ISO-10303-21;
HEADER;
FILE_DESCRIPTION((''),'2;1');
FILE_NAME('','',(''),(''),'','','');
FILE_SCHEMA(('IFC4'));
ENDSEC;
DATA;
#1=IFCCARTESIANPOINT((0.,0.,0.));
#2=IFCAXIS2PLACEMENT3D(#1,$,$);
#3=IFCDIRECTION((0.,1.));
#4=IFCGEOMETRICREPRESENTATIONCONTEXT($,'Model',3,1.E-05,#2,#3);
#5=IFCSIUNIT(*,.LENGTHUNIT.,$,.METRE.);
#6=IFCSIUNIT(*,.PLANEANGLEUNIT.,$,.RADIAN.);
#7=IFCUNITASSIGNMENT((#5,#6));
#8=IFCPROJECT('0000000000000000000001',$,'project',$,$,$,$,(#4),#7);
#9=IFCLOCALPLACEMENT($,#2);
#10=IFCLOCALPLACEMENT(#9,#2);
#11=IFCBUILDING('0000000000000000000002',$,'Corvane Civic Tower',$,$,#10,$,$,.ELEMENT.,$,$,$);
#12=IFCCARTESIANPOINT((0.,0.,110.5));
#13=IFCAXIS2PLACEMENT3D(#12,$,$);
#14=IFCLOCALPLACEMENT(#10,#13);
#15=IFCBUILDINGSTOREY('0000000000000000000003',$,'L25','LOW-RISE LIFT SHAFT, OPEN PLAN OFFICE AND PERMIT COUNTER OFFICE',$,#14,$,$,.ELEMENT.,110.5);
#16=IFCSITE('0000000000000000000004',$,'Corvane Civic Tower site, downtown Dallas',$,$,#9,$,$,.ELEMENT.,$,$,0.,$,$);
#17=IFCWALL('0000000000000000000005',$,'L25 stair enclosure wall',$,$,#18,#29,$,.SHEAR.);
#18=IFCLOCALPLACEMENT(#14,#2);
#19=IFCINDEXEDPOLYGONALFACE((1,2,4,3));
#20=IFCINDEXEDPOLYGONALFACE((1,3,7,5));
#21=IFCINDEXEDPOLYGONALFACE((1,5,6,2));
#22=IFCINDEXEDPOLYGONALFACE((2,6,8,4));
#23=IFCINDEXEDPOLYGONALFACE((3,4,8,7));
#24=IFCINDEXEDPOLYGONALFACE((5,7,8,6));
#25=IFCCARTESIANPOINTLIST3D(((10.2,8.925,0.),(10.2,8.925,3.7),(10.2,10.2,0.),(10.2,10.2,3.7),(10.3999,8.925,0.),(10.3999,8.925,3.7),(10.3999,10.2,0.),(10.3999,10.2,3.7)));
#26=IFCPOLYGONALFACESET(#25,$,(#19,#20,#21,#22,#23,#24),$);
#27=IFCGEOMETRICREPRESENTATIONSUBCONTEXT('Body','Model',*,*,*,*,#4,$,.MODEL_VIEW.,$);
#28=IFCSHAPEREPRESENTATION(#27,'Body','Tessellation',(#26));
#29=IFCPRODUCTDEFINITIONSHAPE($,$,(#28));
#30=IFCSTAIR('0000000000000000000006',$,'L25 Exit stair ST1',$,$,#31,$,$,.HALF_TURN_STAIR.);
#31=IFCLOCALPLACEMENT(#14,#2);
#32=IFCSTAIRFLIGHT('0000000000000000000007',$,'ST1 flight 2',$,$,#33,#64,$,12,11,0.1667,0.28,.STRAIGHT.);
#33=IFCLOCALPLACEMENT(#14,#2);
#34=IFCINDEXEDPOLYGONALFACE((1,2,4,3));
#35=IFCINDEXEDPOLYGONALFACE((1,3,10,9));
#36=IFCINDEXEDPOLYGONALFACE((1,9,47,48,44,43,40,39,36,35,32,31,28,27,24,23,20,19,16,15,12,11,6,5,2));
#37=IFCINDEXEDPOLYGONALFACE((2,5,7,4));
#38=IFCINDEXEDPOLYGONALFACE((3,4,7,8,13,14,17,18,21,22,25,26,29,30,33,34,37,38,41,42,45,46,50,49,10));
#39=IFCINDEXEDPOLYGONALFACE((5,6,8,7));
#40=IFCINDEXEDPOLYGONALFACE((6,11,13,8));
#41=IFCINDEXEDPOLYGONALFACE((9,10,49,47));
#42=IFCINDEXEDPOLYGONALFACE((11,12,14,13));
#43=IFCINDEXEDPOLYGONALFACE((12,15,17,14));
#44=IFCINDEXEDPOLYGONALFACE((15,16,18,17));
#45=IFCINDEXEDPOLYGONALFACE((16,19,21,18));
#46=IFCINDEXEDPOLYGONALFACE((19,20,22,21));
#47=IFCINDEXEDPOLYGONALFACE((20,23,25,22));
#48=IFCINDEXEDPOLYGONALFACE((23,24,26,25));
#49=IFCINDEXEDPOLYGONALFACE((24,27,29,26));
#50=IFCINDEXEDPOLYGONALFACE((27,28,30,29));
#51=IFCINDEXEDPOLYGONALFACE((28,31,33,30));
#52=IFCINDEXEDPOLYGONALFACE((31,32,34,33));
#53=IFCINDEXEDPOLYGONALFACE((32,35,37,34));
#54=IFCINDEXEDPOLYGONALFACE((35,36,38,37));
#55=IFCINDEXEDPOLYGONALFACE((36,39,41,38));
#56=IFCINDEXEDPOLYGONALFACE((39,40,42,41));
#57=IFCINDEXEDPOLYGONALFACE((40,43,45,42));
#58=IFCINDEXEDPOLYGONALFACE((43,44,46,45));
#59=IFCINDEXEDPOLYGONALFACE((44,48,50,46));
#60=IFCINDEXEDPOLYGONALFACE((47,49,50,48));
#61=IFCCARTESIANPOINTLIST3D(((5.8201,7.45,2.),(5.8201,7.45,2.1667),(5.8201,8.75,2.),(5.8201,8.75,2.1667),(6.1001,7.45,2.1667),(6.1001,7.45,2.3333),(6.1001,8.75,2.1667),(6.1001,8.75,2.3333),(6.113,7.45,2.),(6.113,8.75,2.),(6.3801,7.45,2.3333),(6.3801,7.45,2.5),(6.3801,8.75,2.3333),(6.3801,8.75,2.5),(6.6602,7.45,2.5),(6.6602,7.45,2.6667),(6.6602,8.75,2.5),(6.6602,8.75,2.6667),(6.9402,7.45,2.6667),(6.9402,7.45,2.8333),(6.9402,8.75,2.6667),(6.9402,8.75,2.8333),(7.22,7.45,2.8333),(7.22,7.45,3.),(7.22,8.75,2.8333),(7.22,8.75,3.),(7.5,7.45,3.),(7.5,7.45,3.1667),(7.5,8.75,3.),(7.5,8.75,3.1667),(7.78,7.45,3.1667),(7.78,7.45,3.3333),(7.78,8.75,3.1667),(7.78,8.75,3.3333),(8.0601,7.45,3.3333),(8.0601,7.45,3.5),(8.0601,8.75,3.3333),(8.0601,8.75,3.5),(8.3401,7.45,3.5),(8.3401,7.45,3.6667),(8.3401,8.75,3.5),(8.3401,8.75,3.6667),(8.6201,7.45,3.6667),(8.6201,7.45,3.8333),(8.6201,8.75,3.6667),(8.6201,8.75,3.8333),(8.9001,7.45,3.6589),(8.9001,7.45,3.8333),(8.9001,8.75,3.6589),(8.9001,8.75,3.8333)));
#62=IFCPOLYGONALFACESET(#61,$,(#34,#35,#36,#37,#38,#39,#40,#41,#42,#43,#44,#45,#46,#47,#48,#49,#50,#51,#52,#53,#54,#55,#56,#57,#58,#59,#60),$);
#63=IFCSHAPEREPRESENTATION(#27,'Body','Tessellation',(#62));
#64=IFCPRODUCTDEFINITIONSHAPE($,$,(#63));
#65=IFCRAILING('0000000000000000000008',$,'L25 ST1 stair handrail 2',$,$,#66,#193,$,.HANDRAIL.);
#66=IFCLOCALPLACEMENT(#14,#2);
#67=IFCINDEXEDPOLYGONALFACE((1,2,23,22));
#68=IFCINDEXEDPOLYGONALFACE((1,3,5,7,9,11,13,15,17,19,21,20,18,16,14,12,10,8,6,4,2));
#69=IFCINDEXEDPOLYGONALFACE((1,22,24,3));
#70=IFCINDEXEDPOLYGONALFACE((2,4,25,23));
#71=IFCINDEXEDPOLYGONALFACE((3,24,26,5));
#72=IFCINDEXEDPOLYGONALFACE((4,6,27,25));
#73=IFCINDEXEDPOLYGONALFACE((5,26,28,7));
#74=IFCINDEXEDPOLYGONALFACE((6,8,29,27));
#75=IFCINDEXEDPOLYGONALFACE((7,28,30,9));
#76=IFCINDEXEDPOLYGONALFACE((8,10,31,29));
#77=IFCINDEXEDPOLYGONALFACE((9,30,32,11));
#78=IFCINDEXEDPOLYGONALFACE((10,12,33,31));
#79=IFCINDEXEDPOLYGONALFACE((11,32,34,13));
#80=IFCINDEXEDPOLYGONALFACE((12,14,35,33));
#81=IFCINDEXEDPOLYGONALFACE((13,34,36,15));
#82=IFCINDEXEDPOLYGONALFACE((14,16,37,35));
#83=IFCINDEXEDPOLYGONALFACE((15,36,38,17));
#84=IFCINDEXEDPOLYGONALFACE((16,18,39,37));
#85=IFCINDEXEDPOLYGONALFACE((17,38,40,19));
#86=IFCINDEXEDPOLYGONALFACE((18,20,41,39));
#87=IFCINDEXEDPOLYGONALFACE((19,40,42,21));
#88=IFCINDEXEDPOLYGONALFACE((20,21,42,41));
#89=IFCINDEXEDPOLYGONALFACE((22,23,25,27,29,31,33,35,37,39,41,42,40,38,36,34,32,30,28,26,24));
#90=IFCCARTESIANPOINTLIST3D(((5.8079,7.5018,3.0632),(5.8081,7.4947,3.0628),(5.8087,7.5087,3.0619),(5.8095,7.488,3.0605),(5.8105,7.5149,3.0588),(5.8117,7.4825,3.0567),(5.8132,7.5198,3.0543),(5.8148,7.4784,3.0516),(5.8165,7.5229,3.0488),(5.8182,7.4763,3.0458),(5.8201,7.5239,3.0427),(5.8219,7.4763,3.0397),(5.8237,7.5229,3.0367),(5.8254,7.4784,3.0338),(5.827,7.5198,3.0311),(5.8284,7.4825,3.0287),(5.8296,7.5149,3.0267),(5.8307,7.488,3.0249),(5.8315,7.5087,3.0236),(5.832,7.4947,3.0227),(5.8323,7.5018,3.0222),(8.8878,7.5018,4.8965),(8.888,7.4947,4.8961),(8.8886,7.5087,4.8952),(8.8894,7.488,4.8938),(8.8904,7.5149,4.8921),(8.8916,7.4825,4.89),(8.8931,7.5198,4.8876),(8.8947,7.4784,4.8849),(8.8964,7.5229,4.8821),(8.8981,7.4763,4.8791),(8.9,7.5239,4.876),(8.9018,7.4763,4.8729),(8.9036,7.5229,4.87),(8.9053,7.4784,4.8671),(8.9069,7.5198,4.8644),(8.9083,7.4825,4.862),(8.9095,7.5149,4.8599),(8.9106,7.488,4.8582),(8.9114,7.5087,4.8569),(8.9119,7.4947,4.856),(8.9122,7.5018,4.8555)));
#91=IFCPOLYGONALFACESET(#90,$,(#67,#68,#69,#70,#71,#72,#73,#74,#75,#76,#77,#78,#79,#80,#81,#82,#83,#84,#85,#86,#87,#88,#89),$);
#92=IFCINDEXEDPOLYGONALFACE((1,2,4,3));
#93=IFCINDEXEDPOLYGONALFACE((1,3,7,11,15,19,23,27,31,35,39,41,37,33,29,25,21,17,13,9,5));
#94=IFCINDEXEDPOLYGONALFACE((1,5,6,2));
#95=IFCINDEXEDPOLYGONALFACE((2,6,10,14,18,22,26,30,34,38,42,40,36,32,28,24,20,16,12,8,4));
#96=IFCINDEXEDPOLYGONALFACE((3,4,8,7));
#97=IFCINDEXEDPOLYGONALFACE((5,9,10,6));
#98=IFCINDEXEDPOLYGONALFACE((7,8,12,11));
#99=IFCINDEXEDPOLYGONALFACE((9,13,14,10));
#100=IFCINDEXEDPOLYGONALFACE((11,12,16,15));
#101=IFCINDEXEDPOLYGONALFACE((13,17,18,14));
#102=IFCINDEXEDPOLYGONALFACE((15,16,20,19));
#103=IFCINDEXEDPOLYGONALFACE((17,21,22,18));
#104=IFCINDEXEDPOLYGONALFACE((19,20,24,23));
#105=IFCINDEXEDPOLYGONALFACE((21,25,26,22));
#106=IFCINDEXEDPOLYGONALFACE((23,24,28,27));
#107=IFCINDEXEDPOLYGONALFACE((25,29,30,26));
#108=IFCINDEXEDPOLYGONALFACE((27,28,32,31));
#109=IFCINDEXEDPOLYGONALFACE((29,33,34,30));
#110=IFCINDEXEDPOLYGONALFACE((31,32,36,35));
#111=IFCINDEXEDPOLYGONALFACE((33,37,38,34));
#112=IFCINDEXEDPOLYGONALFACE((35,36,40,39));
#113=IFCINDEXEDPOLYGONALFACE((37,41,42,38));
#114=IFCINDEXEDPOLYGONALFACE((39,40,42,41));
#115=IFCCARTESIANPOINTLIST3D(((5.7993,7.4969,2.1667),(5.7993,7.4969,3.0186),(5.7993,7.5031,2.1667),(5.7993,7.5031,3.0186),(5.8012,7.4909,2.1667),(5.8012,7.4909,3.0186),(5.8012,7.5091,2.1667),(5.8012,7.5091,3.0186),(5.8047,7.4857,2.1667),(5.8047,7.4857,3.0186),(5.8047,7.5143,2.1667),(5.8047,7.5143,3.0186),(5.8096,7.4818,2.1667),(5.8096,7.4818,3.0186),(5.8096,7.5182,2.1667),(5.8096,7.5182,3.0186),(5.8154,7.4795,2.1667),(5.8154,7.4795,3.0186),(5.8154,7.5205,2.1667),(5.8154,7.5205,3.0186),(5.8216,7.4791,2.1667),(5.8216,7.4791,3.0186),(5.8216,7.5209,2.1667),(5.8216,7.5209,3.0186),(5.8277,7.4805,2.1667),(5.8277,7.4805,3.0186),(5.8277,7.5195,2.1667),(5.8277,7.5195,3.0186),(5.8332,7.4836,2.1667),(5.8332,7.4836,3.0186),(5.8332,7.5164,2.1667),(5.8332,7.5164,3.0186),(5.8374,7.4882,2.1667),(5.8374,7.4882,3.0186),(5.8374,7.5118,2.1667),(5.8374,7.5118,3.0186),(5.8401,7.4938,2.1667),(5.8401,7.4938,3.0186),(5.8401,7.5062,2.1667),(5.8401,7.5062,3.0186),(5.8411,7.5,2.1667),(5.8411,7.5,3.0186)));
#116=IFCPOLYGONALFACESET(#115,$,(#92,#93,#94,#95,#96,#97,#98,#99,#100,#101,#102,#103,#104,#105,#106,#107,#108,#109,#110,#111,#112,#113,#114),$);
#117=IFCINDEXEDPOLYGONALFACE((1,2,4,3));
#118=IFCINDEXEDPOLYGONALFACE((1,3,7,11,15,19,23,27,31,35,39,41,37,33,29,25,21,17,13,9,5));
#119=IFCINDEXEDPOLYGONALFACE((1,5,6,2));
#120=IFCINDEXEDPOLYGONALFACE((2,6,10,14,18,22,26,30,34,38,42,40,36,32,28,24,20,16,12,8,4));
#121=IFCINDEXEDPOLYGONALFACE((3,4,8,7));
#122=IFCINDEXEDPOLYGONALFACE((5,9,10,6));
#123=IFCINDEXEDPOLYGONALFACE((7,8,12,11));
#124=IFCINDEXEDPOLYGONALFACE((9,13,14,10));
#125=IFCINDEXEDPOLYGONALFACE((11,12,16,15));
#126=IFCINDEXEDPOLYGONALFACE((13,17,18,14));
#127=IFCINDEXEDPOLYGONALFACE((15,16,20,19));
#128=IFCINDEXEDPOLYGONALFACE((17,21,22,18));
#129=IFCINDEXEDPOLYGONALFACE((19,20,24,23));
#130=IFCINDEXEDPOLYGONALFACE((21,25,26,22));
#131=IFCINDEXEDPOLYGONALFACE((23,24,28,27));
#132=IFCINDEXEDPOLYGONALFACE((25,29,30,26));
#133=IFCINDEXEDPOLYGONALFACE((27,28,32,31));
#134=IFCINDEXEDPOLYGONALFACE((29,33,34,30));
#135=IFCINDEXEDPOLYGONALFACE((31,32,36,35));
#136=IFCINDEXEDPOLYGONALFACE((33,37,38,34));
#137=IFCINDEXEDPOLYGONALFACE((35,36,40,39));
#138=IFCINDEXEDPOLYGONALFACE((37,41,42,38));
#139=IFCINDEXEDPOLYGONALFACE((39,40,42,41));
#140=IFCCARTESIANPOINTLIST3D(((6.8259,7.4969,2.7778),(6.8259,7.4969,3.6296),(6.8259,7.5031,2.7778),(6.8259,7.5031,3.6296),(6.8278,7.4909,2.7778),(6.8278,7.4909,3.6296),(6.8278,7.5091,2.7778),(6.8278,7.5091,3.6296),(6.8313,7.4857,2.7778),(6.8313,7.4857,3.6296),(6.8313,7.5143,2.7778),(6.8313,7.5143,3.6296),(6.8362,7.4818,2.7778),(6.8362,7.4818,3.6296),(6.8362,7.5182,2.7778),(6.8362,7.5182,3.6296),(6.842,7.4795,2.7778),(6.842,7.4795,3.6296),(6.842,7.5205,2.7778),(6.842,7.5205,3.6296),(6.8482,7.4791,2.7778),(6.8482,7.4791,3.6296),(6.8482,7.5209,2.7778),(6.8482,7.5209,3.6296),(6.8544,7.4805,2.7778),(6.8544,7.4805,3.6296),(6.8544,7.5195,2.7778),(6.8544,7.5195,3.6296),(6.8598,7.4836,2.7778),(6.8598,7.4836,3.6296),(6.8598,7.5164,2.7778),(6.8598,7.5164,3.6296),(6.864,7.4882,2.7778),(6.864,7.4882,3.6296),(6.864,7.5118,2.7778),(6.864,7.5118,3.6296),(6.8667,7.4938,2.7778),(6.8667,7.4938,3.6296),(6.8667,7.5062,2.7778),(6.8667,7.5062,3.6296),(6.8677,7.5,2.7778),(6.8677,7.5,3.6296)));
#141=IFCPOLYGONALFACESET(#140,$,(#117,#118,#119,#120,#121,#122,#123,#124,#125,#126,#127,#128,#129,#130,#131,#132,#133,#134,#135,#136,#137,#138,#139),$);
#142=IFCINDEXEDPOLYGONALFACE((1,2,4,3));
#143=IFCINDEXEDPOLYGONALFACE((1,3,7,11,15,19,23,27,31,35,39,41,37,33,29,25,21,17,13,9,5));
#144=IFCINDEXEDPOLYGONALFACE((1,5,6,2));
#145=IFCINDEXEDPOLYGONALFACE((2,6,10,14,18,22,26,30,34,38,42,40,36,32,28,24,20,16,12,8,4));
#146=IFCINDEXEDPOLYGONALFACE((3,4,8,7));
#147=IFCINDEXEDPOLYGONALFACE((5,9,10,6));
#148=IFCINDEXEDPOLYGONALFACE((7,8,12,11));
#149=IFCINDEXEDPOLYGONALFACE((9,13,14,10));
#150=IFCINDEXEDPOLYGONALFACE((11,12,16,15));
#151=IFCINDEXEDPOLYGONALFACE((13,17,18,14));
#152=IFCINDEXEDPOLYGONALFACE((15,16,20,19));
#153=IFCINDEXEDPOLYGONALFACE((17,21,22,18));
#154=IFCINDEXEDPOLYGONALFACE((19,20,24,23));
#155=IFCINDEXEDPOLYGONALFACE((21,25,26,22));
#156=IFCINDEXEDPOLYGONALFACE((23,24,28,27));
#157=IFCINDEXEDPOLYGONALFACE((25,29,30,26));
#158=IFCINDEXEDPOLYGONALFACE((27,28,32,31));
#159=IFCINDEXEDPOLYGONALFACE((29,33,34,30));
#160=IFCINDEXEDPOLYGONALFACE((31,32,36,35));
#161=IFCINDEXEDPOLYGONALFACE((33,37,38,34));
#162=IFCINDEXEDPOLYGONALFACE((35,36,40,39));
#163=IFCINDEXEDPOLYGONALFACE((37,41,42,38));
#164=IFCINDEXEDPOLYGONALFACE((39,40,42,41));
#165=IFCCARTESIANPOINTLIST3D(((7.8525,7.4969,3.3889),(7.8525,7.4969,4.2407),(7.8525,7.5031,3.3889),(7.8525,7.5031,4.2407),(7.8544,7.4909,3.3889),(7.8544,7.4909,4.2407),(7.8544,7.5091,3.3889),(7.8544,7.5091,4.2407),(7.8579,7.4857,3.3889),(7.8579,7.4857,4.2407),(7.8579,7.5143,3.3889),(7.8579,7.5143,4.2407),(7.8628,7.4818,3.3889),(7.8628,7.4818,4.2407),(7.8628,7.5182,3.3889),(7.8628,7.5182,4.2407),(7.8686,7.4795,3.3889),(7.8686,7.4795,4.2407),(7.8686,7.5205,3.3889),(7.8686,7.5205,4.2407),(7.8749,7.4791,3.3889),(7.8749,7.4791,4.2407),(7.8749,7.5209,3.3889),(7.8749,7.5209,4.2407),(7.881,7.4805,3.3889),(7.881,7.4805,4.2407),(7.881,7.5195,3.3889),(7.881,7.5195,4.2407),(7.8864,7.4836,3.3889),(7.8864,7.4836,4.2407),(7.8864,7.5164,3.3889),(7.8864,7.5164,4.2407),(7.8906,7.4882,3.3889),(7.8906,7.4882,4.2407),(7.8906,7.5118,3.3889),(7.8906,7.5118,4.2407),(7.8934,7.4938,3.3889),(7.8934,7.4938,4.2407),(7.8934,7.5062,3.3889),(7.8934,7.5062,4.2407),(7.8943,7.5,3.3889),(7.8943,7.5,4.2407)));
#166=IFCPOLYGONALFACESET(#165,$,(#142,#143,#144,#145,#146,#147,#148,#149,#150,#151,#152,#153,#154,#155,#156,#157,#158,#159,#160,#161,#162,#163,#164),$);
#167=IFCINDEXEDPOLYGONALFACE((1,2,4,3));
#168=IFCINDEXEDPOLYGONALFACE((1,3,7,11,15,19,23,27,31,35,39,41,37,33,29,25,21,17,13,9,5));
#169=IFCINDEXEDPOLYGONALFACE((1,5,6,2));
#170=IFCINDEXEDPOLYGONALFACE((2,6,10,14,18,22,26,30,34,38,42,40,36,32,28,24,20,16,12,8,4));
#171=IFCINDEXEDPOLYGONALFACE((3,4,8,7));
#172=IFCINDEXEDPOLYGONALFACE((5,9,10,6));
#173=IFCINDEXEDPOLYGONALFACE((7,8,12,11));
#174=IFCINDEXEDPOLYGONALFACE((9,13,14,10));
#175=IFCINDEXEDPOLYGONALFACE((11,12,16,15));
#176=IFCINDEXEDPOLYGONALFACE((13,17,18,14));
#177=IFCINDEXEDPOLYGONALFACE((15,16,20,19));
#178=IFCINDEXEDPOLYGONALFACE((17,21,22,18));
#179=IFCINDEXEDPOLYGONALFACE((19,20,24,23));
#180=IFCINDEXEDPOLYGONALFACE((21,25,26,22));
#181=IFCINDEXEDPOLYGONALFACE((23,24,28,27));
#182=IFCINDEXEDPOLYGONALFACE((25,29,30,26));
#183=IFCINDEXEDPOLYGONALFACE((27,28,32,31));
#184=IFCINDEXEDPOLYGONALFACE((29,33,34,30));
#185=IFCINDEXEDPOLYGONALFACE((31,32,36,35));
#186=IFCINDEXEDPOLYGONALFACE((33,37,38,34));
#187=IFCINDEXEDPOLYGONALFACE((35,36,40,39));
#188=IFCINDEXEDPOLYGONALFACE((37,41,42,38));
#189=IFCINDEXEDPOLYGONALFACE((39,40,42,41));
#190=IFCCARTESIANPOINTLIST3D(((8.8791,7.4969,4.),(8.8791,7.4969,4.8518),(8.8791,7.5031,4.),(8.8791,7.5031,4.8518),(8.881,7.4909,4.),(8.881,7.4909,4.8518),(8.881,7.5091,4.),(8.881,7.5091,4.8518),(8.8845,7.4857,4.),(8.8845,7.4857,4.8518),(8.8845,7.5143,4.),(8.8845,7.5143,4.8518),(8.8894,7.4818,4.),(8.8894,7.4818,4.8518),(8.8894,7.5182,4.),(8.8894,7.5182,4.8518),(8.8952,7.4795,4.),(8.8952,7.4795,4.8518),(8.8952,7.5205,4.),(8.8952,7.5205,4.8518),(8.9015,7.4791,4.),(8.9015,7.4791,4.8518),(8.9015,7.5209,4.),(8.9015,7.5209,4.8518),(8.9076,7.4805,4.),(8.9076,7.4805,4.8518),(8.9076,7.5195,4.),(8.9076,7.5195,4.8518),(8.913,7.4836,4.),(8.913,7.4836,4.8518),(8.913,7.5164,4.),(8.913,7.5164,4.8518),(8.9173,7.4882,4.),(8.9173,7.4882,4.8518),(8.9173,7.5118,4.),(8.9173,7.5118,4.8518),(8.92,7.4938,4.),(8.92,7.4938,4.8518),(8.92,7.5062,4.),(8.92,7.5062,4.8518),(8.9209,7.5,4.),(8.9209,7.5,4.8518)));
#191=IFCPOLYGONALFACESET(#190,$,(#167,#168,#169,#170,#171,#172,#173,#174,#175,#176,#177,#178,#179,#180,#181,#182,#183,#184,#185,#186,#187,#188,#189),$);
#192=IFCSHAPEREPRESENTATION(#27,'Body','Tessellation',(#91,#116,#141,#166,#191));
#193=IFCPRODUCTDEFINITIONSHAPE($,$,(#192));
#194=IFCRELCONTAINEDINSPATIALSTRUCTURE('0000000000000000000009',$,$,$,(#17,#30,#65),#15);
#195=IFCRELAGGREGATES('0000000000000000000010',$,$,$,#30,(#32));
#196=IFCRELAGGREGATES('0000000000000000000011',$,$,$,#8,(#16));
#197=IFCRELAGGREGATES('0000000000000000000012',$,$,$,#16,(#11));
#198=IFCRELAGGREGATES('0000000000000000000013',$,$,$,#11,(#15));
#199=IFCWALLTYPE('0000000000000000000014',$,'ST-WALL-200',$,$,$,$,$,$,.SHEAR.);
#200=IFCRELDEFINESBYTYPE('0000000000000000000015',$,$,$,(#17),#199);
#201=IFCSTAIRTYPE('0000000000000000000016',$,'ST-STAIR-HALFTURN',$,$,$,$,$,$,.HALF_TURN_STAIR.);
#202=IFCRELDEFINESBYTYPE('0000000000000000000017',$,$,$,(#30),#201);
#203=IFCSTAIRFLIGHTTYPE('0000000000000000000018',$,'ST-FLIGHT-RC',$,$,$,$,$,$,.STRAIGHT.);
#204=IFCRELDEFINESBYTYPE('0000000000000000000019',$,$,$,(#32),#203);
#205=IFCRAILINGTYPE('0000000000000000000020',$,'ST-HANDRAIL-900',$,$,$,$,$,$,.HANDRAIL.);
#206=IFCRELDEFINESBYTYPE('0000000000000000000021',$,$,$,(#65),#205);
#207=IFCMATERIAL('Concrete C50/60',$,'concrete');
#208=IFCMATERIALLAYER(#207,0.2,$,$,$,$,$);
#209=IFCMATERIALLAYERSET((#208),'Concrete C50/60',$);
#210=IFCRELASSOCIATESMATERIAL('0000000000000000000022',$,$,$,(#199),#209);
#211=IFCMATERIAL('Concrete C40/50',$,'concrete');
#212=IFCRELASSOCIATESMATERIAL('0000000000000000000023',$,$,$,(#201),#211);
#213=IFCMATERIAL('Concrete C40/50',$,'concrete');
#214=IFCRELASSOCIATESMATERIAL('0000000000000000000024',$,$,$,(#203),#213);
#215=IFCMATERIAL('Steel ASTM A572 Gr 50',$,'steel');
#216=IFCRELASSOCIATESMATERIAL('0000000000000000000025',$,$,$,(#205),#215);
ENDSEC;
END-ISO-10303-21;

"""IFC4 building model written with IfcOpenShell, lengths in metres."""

from ifc_helpers import new_model, si_unit, direction, frame, origin, origin_2d, place, context, subcontext, project, spatial, polyline, circle, outline, extrude, material, layer, layer_set, type_object, element, aggregate, save


model = new_model("IFC4")

# Units and contexts
model_context = context("Model", 3, precision=1e-05, world=origin(), true_north=direction((0.0, 1.0)))
body_context = subcontext(model_context, "Body", "Model", "MODEL_VIEW")
ifc_project = project(units=[si_unit("LENGTHUNIT", "METRE"), si_unit("PLANEANGLEUNIT", "RADIAN")], contexts=[model_context])

# Site, building, storey
site_placement = place(None, origin())
site = spatial("IfcSite", under=ifc_project, at=site_placement, Name="Corvane Civic Tower site, downtown Dallas", CompositionType="ELEMENT", RefElevation=0.0)
building_placement = place(site_placement, origin())
building = spatial("IfcBuilding", under=site, at=building_placement, Name="Corvane Civic Tower", CompositionType="ELEMENT")
storey_placement = place(building_placement, frame((0.0, 0.0, 110.5)))
storey = spatial("IfcBuildingStorey", under=building, at=storey_placement, Name="L25", Description="LOW-RISE LIFT SHAFT, OPEN PLAN OFFICE AND PERMIT COUNTER OFFICE", CompositionType="ELEMENT", Elevation=110.5)

# Shared definitions
ifc_material_1 = material(Name="Concrete C50/60", Category="concrete")
ifc_layer = layer(ifc_material_1, 0.2)
ifc_layer_set = layer_set([ifc_layer], Name="Concrete C50/60")
wall_type = type_object("IfcWallType", Name="ST-WALL-200", PredefinedType="SHEAR", material=ifc_layer_set)

# Wall
wall_1_placement = place(storey_placement, origin())
element("IfcWall", 1, at=wall_1_placement, inside=storey, type_object=wall_type, Name="L25 stair enclosure wall", PredefinedType="SHEAR", context=body_context, shape_type="SweptSolid", body=[
    extrude(outline(polyline([(10.3999, 8.925), (10.2, 8.925), (10.2, 10.2), (10.3999, 10.2), (10.3999, 8.925)])), origin(), (0.0, 0.0, 1.0), 3.7),
])

# Stair, stair flight
ifc_material_2 = material(Name="Concrete C40/50", Category="concrete")
stair_type = type_object("IfcStairType", Name="ST-STAIR-HALFTURN", PredefinedType="HALF_TURN_STAIR", material=ifc_material_2)
stair_placement = place(storey_placement, origin())
stair = element("IfcStair", 2, at=stair_placement, inside=storey, type_object=stair_type, Name="L25 Exit stair ST1", PredefinedType="HALF_TURN_STAIR")
ifc_material_3 = material(Name="Concrete C40/50", Category="concrete")
stair_flight_type = type_object("IfcStairFlightType", Name="ST-FLIGHT-RC", PredefinedType="STRAIGHT", material=ifc_material_3)
stair_flight_placement = place(storey_placement, frame((5.8201, 8.1001, 2.0), z_axis=(0.0, 0.0, 1.0), x_axis=(1.0, 0.0, 0.0)))
stair_flight = element("IfcStairFlight", 3, at=stair_flight_placement, type_object=stair_flight_type, Name="ST1 flight 2", NumberOfRisers=12, NumberOfTreads=11, PredefinedType="STRAIGHT", RiserHeight=0.1667, TreadLength=0.28, context=body_context, shape_type="SweptSolid", body=[
    extrude(outline(polyline([(0.0, 0.0), (0.0, 0.1667), (0.28, 0.1667), (0.28, 0.3333), (0.5601, 0.3333), (0.5601, 0.5), (0.8401, 0.5), (0.8401, 0.6667), (1.1201, 0.6667), (1.1201, 0.8333), (1.3999, 0.8333), (1.3999, 1.0), (1.6799, 1.0), (1.6799, 1.1667), (1.96, 1.1667), (1.96, 1.3333), (2.24, 1.3333), (2.24, 1.5), (2.52, 1.5), (2.52, 1.6667), (2.8, 1.6667), (2.8, 1.8333), (3.0801, 1.8333), (3.0801, 2.0), (3.0801, 1.6589), (0.293, 0.0), (0.0, 0.0)])), frame((0.0, 0.6499, 0.0), z_axis=(0.0, -1.0, 0.0), x_axis=(1.0, 0.0, 0.0)), (0.0, 0.0, 1.0), 1.3),
])
aggregate(stair, [stair_flight])

# Railing
ifc_material_4 = material(Name="Steel ASTM A572 Gr 50", Category="steel")
railing_type = type_object("IfcRailingType", Name="ST-HANDRAIL-900", PredefinedType="HANDRAIL", material=ifc_material_4)
railing_placement = place(storey_placement, frame((5.8201, 7.5, 2.1667)))
element("IfcRailing", 4, at=railing_placement, inside=storey, type_object=railing_type, Name="L25 ST1 stair handrail 2", PredefinedType="HANDRAIL", context=body_context, shape_type="SweptSolid", body=[
    extrude(circle(Radius=0.0239, at=origin_2d()), frame((0.0, 0.0, 0.876), z_axis=(0.859291, 0.0, 0.511487), x_axis=(0.0, 1.0, 0.0)), (0.0, 0.0, 1.0), 3.5842),
    extrude(circle(Radius=0.021, at=origin_2d()), origin(), (0.0, 0.0, 1.0), 0.8518),
    extrude(circle(Radius=0.021, at=origin_2d()), frame((1.0266, 0.0, 0.6111)), (0.0, 0.0, 1.0), 0.8518),
    extrude(circle(Radius=0.021, at=origin_2d()), frame((2.0532, 0.0, 1.2222)), (0.0, 0.0, 1.0), 0.8518),
    extrude(circle(Radius=0.021, at=origin_2d()), frame((3.0798, 0.0, 1.8333)), (0.0, 0.0, 1.0), 0.8518),
])

save(model, "model.ifc")
